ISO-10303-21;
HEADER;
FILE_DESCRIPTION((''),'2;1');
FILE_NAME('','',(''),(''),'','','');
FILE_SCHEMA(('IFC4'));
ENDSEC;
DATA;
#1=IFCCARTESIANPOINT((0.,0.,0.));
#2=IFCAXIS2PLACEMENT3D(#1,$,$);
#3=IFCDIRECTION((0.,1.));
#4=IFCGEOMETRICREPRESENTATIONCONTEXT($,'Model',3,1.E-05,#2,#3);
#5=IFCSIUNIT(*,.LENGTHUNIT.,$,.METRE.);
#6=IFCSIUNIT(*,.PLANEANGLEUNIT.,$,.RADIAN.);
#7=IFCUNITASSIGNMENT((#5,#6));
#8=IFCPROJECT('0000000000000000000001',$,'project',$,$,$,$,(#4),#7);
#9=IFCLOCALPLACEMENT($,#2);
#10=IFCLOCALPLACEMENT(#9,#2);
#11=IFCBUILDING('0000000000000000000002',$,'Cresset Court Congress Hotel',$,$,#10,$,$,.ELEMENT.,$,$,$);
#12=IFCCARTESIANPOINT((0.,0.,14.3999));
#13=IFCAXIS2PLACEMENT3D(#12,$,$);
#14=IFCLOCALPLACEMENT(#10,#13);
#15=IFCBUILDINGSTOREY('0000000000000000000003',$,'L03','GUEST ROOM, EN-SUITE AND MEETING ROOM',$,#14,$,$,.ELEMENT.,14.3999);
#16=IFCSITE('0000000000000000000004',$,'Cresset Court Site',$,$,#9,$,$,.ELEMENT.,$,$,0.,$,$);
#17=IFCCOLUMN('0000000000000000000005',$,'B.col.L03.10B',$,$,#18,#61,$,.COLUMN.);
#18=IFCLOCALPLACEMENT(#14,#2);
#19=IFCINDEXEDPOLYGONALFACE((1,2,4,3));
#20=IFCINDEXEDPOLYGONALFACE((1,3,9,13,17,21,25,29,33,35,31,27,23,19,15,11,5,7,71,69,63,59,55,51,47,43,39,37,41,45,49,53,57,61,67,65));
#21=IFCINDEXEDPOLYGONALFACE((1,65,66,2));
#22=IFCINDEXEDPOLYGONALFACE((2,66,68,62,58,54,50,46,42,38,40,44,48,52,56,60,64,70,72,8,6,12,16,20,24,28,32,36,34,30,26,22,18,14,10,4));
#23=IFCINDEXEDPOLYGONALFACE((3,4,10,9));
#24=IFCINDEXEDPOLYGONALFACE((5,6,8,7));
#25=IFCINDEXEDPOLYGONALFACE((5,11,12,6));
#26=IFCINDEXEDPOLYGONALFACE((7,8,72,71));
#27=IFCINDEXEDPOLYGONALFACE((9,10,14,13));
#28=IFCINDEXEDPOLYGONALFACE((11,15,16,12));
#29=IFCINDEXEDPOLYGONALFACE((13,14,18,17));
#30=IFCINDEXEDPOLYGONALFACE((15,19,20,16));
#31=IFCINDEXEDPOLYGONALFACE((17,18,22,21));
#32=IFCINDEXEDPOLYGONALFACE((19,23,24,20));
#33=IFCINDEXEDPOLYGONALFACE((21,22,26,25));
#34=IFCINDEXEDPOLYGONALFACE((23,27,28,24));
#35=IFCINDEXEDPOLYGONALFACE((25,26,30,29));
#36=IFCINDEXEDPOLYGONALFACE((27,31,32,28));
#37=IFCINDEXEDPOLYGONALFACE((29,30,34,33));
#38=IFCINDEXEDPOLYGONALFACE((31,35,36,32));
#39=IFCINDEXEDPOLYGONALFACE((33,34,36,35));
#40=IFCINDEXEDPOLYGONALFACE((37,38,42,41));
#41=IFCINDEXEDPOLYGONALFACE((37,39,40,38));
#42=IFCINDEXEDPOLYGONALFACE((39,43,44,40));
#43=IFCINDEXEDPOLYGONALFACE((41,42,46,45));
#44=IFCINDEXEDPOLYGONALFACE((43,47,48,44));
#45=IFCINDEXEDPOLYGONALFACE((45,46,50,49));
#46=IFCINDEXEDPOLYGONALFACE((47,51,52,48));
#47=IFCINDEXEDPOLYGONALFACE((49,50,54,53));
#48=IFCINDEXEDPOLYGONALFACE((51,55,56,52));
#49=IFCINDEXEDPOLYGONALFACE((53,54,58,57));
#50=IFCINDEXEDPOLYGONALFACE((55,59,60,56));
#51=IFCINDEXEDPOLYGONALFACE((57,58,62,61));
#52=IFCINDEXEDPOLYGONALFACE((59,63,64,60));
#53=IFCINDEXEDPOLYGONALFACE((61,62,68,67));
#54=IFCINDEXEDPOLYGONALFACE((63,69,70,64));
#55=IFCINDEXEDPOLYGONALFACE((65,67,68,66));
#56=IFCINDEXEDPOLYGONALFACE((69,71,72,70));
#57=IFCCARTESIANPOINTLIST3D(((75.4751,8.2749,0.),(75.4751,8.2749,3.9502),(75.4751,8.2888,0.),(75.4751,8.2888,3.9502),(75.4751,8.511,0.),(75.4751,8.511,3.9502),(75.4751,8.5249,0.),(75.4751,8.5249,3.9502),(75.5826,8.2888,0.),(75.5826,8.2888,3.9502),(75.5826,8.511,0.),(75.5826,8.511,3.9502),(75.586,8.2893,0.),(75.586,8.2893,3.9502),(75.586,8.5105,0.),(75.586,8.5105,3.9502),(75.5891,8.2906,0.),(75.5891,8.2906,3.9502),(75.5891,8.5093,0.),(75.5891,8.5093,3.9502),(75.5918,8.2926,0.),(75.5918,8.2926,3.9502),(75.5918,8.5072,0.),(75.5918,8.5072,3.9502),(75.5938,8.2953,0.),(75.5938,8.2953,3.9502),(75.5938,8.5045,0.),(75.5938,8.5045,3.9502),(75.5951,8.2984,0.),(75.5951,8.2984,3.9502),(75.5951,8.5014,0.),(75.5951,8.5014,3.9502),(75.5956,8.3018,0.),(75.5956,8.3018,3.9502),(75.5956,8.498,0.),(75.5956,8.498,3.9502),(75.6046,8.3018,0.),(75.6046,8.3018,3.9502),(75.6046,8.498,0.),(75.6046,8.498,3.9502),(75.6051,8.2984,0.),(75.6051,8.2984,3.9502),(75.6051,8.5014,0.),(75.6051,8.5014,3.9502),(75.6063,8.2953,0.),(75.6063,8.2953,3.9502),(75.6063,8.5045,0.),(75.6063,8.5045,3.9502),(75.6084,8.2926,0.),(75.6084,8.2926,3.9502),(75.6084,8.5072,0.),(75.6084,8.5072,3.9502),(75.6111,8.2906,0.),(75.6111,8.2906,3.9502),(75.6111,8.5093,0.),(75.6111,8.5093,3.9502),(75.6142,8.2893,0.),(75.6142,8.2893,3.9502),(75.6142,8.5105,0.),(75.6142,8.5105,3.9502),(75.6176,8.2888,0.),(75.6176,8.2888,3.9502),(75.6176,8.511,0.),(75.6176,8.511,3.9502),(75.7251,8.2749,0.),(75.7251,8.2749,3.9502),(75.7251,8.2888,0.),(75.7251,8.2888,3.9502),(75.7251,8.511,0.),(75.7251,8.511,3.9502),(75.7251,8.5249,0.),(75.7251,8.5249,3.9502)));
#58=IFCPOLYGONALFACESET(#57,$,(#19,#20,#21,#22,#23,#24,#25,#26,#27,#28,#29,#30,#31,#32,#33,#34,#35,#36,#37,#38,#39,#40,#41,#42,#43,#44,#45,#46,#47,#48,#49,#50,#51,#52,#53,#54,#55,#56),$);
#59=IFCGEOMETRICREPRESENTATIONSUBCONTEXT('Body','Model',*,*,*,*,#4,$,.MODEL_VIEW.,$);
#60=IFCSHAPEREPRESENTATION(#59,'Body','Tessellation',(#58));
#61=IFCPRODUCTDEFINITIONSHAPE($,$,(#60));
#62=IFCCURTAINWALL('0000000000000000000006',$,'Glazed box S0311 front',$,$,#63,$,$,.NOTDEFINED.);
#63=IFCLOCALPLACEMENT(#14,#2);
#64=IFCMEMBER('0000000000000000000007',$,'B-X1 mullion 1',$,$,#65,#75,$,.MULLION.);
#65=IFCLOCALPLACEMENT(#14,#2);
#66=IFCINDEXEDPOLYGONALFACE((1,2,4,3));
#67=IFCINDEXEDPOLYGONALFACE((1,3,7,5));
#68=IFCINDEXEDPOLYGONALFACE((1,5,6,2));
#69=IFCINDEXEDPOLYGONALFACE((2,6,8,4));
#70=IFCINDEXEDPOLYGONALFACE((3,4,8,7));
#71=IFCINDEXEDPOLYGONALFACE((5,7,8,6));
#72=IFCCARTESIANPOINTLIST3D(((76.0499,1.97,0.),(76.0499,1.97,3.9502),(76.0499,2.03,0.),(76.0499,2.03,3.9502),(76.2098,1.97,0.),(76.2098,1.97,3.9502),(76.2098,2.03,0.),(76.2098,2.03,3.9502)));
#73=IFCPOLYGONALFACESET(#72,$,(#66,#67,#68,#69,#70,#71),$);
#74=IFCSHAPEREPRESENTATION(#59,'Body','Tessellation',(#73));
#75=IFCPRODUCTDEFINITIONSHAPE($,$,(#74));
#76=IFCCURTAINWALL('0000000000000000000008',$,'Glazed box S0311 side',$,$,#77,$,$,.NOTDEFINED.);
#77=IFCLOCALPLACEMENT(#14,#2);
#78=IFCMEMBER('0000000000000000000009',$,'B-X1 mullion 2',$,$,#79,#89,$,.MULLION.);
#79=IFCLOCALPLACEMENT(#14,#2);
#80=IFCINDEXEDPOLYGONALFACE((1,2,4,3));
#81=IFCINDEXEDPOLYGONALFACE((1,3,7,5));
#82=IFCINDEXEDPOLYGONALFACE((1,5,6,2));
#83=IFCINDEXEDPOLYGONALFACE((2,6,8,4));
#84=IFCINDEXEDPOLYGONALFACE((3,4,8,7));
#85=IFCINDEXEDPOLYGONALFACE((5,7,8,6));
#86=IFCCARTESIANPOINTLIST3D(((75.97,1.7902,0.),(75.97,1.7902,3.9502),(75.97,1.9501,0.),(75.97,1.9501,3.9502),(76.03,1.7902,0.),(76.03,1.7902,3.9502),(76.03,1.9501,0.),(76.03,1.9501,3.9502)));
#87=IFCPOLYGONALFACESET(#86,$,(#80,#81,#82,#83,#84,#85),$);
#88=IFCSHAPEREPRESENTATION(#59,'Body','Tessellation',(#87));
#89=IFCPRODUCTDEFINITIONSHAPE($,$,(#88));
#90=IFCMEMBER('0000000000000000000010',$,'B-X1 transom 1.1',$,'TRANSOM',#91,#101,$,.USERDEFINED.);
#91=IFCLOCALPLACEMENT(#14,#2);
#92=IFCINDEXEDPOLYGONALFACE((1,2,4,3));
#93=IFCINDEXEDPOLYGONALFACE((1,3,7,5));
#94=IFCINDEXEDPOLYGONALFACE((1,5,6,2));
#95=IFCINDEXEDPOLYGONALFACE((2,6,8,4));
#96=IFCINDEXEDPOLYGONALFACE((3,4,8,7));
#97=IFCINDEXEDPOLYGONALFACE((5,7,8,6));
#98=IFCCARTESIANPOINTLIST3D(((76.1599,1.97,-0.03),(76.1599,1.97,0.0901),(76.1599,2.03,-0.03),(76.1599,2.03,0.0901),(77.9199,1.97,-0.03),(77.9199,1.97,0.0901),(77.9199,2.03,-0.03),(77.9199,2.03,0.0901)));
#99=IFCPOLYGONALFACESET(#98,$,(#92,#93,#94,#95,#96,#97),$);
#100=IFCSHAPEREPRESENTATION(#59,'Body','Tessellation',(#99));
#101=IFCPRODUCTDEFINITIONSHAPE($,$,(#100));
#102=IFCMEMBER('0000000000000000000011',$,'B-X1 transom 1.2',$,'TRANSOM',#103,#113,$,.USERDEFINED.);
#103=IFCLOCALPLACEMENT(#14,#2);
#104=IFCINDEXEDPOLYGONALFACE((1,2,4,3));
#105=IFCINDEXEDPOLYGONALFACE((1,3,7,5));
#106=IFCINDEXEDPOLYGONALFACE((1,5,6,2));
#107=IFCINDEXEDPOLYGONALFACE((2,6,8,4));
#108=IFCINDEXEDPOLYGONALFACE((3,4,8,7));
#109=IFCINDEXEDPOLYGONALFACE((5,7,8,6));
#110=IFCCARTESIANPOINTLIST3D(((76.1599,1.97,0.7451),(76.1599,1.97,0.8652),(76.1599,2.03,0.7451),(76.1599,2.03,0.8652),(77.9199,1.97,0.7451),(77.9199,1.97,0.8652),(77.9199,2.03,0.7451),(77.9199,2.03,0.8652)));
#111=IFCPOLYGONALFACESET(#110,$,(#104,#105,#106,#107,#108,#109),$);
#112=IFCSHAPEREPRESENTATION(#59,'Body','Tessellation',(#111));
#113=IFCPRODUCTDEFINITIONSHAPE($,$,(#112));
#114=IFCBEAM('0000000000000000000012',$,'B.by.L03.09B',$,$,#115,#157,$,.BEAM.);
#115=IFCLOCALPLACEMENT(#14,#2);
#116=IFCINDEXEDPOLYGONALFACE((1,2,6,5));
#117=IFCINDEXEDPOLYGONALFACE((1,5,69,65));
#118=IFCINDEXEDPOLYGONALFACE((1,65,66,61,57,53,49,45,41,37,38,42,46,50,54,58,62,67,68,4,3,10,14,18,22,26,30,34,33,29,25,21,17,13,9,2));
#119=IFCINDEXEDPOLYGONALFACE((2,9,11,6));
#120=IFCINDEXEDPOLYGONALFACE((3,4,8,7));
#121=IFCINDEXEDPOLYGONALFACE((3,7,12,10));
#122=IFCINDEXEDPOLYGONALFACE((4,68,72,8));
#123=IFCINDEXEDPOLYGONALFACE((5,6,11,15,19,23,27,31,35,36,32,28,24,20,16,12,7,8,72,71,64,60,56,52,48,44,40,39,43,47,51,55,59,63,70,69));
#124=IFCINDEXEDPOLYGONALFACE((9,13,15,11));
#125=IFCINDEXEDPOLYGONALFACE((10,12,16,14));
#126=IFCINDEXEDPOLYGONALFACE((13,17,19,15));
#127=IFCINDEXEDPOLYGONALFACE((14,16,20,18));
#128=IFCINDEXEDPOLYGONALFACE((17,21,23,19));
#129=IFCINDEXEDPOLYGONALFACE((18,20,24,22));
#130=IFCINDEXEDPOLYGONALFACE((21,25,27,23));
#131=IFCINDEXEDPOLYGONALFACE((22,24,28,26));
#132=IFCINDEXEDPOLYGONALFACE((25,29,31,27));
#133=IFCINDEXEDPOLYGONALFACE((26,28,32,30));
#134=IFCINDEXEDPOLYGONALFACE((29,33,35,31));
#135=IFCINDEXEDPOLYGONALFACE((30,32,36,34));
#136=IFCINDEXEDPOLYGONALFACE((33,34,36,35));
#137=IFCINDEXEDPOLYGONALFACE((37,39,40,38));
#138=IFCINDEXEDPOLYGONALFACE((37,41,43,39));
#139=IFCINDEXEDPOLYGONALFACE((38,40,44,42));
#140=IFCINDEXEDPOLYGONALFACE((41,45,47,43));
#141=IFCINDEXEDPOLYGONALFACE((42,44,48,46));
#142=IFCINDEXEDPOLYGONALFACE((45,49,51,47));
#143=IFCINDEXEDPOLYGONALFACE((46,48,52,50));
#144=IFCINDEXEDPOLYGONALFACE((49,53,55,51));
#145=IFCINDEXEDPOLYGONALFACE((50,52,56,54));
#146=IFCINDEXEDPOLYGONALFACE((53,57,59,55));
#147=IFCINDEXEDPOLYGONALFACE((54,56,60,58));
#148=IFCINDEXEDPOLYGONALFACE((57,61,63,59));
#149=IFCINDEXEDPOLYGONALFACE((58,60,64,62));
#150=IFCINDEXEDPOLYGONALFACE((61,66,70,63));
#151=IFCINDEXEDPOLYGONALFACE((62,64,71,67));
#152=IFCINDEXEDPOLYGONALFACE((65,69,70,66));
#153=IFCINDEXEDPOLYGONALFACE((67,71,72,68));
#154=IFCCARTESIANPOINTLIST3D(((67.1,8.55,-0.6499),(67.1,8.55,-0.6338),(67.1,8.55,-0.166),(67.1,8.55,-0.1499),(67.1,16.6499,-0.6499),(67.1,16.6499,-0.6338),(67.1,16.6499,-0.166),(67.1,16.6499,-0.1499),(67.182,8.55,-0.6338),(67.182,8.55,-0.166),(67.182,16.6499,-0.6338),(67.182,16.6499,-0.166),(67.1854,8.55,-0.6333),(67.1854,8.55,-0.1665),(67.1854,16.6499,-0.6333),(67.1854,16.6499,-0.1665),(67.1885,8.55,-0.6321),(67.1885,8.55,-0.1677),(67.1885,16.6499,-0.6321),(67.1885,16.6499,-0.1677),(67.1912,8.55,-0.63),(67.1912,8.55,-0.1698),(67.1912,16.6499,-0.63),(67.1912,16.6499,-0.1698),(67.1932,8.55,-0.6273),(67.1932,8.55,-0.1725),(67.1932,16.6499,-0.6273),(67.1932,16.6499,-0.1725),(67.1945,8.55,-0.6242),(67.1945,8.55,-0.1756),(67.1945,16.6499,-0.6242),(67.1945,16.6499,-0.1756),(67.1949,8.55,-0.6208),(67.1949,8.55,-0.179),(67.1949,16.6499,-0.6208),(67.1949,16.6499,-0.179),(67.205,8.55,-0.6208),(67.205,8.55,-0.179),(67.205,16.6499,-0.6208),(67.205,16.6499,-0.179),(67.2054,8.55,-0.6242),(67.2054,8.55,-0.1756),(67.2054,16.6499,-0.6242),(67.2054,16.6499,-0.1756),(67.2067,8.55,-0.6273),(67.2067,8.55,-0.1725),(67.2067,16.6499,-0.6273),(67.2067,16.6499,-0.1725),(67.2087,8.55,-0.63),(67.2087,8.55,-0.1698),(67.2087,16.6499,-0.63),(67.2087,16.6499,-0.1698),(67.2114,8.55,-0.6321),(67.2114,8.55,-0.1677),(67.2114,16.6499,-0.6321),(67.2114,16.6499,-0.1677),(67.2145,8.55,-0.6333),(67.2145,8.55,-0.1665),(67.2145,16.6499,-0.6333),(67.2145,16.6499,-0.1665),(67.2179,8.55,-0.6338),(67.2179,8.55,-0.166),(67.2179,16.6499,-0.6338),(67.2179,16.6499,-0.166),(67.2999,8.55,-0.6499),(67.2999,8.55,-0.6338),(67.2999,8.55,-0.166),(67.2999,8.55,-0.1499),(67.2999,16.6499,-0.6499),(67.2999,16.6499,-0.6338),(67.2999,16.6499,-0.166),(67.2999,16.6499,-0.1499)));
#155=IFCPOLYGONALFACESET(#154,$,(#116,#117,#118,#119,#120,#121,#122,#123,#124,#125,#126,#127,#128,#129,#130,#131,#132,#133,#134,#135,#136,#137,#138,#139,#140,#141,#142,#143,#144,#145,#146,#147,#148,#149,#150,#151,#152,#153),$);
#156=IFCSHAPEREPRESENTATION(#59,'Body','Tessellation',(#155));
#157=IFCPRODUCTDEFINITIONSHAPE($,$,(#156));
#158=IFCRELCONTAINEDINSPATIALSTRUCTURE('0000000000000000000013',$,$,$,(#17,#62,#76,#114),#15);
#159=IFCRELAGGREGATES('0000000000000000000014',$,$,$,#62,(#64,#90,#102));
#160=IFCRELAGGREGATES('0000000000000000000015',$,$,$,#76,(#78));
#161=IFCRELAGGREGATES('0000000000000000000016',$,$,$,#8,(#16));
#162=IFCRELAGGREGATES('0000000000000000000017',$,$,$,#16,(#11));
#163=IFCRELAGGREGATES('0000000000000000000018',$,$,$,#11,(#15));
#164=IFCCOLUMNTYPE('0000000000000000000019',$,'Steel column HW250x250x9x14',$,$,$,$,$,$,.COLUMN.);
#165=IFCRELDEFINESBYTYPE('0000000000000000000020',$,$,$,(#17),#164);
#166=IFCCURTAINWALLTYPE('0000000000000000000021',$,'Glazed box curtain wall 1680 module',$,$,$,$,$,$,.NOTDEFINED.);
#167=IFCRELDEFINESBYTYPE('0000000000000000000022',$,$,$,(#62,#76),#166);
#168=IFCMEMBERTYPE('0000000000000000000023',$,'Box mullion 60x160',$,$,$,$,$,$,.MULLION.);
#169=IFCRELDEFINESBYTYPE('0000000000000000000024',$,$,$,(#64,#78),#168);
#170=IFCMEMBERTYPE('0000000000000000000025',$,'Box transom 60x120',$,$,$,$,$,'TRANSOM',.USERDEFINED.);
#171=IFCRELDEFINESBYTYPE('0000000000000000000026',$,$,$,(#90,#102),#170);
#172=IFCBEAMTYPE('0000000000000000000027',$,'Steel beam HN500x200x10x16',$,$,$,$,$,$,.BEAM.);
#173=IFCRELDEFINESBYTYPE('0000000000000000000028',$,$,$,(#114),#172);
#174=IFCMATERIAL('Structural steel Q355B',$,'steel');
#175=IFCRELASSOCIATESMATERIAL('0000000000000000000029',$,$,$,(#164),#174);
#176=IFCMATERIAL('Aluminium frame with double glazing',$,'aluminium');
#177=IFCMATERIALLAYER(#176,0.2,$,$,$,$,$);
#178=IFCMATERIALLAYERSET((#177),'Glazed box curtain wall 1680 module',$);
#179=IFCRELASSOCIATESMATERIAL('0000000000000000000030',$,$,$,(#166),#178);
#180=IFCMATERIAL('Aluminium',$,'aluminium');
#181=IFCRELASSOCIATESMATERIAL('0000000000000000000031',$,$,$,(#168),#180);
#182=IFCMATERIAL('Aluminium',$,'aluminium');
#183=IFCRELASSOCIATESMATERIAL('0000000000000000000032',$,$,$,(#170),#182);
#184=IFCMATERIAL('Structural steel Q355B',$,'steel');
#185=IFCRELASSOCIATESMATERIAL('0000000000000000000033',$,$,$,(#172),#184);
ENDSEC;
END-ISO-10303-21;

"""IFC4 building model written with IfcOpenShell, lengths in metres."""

from ifc_helpers import new_model, si_unit, direction, frame, origin, origin_2d, place, context, subcontext, project, spatial, rectangle, i_section, extrude, material, layer, layer_set, material_profile, profile_set, type_object, element, aggregate, save


model = new_model("IFC4")

# Units and contexts
model_context = context("Model", 3, precision=1e-05, world=origin(), true_north=direction((0.0, 1.0)))
body_context = subcontext(model_context, "Body", "Model", "MODEL_VIEW")
ifc_project = project(units=[si_unit("LENGTHUNIT", "METRE"), si_unit("PLANEANGLEUNIT", "RADIAN")], contexts=[model_context])

# Site, building, storey
site_placement = place(None, origin())
site = spatial("IfcSite", under=ifc_project, at=site_placement, Name="Cresset Court Site", CompositionType="ELEMENT", RefElevation=0.0)
building_placement = place(site_placement, origin())
building = spatial("IfcBuilding", under=site, at=building_placement, Name="Cresset Court Congress Hotel", CompositionType="ELEMENT")
storey_placement = place(building_placement, frame((0.0, 0.0, 14.3999)))
storey = spatial("IfcBuildingStorey", under=building, at=storey_placement, Name="L03", Description="GUEST ROOM, EN-SUITE AND MEETING ROOM", CompositionType="ELEMENT", Elevation=14.3999)

# Column
ifc_material_1 = material(Name="Structural steel Q355B", Category="steel")
ifc_material_profile_1 = material_profile(ifc_material_1, i_section(OverallWidth=0.25, OverallDepth=0.25, WebThickness=0.009, FlangeThickness=0.0139, FilletRadius=0.0129, at=origin_2d()), Name="HW250x250x9x14")
ifc_profile_set_1 = profile_set([ifc_material_profile_1], Name="Structural steel Q355B")
column_type = type_object("IfcColumnType", Name="Steel column HW250x250x9x14", PredefinedType="COLUMN", material=ifc_profile_set_1)
column_placement = place(storey_placement, frame((75.6001, 8.3999, 0.0), z_axis=(0.0, 0.0, 1.0), x_axis=(1.0, 0.0, 0.0)))
element("IfcColumn", 1, at=column_placement, inside=storey, type_object=column_type, Name="B.col.L03.10B", PredefinedType="COLUMN", context=body_context, shape_type="SweptSolid", body=[
    extrude(i_section(OverallWidth=0.25, OverallDepth=0.25, WebThickness=0.009, FlangeThickness=0.0139, FilletRadius=0.0129, at=origin_2d()), origin(), (0.0, 0.0, 1.0), 3.9502),
])

# Curtain walls, members
ifc_material_2 = material(Name="Aluminium frame with double glazing", Category="aluminium")
ifc_layer_1 = layer(ifc_material_2, 0.2)
ifc_layer_set_1 = layer_set([ifc_layer_1], Name="Glazed box curtain wall 1680 module")
curtain_wall_type = type_object("IfcCurtainWallType", Name="Glazed box curtain wall 1680 module", PredefinedType="NOTDEFINED", material=ifc_layer_set_1)
curtain_wall_1_placement = place(storey_placement, origin())
curtain_wall_1 = element("IfcCurtainWall", 2, at=curtain_wall_1_placement, inside=storey, type_object=curtain_wall_type, Name="Glazed box S0311 front", PredefinedType="NOTDEFINED")
ifc_material_3 = material(Name="Aluminium", Category="aluminium")
ifc_material_profile_2 = material_profile(ifc_material_3, rectangle(XDim=0.0601, YDim=0.1599, at=origin_2d()), Name="Box mullion 60x160")
ifc_profile_set_2 = profile_set([ifc_material_profile_2], Name="Aluminium")
member_type_1 = type_object("IfcMemberType", Name="Box mullion 60x160", PredefinedType="MULLION", material=ifc_profile_set_2)
member_1_placement = place(storey_placement, frame((76.1299, 2.0, 0.0), z_axis=(0.0, 0.0, 1.0), x_axis=(0.0, 1.0, 0.0)))
member_1 = element("IfcMember", 3, at=member_1_placement, type_object=member_type_1, Name="B-X1 mullion 1", PredefinedType="MULLION", context=body_context, shape_type="SweptSolid", body=[
    extrude(rectangle(XDim=0.0601, YDim=0.1599, at=origin_2d()), origin(), (0.0, 0.0, 1.0), 3.9502),
])
curtain_wall_2_placement = place(storey_placement, origin())
curtain_wall_2 = element("IfcCurtainWall", 4, at=curtain_wall_2_placement, inside=storey, type_object=curtain_wall_type, Name="Glazed box S0311 side", PredefinedType="NOTDEFINED")
member_2_placement = place(storey_placement, frame((76.0, 1.8701, 0.0), z_axis=(0.0, 0.0, 1.0), x_axis=(-1.0, 0.0, 0.0)))
member_2 = element("IfcMember", 5, at=member_2_placement, type_object=member_type_1, Name="B-X1 mullion 2", PredefinedType="MULLION", context=body_context, shape_type="SweptSolid", body=[
    extrude(rectangle(XDim=0.0601, YDim=0.1599, at=origin_2d()), origin(), (0.0, 0.0, 1.0), 3.9502),
])

# Members
ifc_material_4 = material(Name="Aluminium", Category="aluminium")
ifc_material_profile_3 = material_profile(ifc_material_4, rectangle(XDim=0.0601, YDim=0.1201, at=origin_2d()), Name="Box transom 60x120")
ifc_profile_set_3 = profile_set([ifc_material_profile_3], Name="Aluminium")
member_type_2 = type_object("IfcMemberType", Name="Box transom 60x120", ElementType="TRANSOM", PredefinedType="USERDEFINED", material=ifc_profile_set_3)
member_3_placement = place(storey_placement, frame((76.1599, 2.0, 0.03), z_axis=(1.0, 0.0, 0.0), x_axis=(0.0, 1.0, 0.0)))
member_3 = element("IfcMember", 6, at=member_3_placement, type_object=member_type_2, Name="B-X1 transom 1.1", ObjectType="TRANSOM", PredefinedType="USERDEFINED", context=body_context, shape_type="SweptSolid", body=[
    extrude(rectangle(XDim=0.0601, YDim=0.1201, at=origin_2d()), origin(), (0.0, 0.0, 1.0), 1.76),
])
member_4_placement = place(storey_placement, frame((76.1599, 2.0, 0.8052), z_axis=(1.0, 0.0, 0.0), x_axis=(0.0, 1.0, 0.0)))
member_4 = element("IfcMember", 7, at=member_4_placement, type_object=member_type_2, Name="B-X1 transom 1.2", ObjectType="TRANSOM", PredefinedType="USERDEFINED", context=body_context, shape_type="SweptSolid", body=[
    extrude(rectangle(XDim=0.0601, YDim=0.1201, at=origin_2d()), origin(), (0.0, 0.0, 1.0), 1.76),
])
aggregate(curtain_wall_1, [member_1, member_3, member_4])

# Beam
ifc_material_5 = material(Name="Structural steel Q355B", Category="steel")
ifc_material_profile_4 = material_profile(ifc_material_5, i_section(OverallWidth=0.2, OverallDepth=0.5, WebThickness=0.01, FlangeThickness=0.0161, FilletRadius=0.0129, at=origin_2d()), Name="HN500x200x10x16")
ifc_profile_set_4 = profile_set([ifc_material_profile_4], Name="Structural steel Q355B")
beam_type_1 = type_object("IfcBeamType", Name="Steel beam HN500x200x10x16", PredefinedType="BEAM", material=ifc_profile_set_4)
beam_1_placement = place(storey_placement, frame((67.2, 8.55, -0.3999), z_axis=(0.0, 1.0, 0.0), x_axis=(-1.0, 0.0, 0.0)))
element("IfcBeam", 8, at=beam_1_placement, inside=storey, type_object=beam_type_1, Name="B.by.L03.09B", PredefinedType="BEAM", context=body_context, shape_type="SweptSolid", body=[
    extrude(i_section(OverallWidth=0.2, OverallDepth=0.5, WebThickness=0.01, FlangeThickness=0.0161, FilletRadius=0.0129, at=origin_2d()), origin(), (0.0, 0.0, 1.0), 8.0999),
])

aggregate(curtain_wall_2, [member_2])

save(model, "model.ifc")
